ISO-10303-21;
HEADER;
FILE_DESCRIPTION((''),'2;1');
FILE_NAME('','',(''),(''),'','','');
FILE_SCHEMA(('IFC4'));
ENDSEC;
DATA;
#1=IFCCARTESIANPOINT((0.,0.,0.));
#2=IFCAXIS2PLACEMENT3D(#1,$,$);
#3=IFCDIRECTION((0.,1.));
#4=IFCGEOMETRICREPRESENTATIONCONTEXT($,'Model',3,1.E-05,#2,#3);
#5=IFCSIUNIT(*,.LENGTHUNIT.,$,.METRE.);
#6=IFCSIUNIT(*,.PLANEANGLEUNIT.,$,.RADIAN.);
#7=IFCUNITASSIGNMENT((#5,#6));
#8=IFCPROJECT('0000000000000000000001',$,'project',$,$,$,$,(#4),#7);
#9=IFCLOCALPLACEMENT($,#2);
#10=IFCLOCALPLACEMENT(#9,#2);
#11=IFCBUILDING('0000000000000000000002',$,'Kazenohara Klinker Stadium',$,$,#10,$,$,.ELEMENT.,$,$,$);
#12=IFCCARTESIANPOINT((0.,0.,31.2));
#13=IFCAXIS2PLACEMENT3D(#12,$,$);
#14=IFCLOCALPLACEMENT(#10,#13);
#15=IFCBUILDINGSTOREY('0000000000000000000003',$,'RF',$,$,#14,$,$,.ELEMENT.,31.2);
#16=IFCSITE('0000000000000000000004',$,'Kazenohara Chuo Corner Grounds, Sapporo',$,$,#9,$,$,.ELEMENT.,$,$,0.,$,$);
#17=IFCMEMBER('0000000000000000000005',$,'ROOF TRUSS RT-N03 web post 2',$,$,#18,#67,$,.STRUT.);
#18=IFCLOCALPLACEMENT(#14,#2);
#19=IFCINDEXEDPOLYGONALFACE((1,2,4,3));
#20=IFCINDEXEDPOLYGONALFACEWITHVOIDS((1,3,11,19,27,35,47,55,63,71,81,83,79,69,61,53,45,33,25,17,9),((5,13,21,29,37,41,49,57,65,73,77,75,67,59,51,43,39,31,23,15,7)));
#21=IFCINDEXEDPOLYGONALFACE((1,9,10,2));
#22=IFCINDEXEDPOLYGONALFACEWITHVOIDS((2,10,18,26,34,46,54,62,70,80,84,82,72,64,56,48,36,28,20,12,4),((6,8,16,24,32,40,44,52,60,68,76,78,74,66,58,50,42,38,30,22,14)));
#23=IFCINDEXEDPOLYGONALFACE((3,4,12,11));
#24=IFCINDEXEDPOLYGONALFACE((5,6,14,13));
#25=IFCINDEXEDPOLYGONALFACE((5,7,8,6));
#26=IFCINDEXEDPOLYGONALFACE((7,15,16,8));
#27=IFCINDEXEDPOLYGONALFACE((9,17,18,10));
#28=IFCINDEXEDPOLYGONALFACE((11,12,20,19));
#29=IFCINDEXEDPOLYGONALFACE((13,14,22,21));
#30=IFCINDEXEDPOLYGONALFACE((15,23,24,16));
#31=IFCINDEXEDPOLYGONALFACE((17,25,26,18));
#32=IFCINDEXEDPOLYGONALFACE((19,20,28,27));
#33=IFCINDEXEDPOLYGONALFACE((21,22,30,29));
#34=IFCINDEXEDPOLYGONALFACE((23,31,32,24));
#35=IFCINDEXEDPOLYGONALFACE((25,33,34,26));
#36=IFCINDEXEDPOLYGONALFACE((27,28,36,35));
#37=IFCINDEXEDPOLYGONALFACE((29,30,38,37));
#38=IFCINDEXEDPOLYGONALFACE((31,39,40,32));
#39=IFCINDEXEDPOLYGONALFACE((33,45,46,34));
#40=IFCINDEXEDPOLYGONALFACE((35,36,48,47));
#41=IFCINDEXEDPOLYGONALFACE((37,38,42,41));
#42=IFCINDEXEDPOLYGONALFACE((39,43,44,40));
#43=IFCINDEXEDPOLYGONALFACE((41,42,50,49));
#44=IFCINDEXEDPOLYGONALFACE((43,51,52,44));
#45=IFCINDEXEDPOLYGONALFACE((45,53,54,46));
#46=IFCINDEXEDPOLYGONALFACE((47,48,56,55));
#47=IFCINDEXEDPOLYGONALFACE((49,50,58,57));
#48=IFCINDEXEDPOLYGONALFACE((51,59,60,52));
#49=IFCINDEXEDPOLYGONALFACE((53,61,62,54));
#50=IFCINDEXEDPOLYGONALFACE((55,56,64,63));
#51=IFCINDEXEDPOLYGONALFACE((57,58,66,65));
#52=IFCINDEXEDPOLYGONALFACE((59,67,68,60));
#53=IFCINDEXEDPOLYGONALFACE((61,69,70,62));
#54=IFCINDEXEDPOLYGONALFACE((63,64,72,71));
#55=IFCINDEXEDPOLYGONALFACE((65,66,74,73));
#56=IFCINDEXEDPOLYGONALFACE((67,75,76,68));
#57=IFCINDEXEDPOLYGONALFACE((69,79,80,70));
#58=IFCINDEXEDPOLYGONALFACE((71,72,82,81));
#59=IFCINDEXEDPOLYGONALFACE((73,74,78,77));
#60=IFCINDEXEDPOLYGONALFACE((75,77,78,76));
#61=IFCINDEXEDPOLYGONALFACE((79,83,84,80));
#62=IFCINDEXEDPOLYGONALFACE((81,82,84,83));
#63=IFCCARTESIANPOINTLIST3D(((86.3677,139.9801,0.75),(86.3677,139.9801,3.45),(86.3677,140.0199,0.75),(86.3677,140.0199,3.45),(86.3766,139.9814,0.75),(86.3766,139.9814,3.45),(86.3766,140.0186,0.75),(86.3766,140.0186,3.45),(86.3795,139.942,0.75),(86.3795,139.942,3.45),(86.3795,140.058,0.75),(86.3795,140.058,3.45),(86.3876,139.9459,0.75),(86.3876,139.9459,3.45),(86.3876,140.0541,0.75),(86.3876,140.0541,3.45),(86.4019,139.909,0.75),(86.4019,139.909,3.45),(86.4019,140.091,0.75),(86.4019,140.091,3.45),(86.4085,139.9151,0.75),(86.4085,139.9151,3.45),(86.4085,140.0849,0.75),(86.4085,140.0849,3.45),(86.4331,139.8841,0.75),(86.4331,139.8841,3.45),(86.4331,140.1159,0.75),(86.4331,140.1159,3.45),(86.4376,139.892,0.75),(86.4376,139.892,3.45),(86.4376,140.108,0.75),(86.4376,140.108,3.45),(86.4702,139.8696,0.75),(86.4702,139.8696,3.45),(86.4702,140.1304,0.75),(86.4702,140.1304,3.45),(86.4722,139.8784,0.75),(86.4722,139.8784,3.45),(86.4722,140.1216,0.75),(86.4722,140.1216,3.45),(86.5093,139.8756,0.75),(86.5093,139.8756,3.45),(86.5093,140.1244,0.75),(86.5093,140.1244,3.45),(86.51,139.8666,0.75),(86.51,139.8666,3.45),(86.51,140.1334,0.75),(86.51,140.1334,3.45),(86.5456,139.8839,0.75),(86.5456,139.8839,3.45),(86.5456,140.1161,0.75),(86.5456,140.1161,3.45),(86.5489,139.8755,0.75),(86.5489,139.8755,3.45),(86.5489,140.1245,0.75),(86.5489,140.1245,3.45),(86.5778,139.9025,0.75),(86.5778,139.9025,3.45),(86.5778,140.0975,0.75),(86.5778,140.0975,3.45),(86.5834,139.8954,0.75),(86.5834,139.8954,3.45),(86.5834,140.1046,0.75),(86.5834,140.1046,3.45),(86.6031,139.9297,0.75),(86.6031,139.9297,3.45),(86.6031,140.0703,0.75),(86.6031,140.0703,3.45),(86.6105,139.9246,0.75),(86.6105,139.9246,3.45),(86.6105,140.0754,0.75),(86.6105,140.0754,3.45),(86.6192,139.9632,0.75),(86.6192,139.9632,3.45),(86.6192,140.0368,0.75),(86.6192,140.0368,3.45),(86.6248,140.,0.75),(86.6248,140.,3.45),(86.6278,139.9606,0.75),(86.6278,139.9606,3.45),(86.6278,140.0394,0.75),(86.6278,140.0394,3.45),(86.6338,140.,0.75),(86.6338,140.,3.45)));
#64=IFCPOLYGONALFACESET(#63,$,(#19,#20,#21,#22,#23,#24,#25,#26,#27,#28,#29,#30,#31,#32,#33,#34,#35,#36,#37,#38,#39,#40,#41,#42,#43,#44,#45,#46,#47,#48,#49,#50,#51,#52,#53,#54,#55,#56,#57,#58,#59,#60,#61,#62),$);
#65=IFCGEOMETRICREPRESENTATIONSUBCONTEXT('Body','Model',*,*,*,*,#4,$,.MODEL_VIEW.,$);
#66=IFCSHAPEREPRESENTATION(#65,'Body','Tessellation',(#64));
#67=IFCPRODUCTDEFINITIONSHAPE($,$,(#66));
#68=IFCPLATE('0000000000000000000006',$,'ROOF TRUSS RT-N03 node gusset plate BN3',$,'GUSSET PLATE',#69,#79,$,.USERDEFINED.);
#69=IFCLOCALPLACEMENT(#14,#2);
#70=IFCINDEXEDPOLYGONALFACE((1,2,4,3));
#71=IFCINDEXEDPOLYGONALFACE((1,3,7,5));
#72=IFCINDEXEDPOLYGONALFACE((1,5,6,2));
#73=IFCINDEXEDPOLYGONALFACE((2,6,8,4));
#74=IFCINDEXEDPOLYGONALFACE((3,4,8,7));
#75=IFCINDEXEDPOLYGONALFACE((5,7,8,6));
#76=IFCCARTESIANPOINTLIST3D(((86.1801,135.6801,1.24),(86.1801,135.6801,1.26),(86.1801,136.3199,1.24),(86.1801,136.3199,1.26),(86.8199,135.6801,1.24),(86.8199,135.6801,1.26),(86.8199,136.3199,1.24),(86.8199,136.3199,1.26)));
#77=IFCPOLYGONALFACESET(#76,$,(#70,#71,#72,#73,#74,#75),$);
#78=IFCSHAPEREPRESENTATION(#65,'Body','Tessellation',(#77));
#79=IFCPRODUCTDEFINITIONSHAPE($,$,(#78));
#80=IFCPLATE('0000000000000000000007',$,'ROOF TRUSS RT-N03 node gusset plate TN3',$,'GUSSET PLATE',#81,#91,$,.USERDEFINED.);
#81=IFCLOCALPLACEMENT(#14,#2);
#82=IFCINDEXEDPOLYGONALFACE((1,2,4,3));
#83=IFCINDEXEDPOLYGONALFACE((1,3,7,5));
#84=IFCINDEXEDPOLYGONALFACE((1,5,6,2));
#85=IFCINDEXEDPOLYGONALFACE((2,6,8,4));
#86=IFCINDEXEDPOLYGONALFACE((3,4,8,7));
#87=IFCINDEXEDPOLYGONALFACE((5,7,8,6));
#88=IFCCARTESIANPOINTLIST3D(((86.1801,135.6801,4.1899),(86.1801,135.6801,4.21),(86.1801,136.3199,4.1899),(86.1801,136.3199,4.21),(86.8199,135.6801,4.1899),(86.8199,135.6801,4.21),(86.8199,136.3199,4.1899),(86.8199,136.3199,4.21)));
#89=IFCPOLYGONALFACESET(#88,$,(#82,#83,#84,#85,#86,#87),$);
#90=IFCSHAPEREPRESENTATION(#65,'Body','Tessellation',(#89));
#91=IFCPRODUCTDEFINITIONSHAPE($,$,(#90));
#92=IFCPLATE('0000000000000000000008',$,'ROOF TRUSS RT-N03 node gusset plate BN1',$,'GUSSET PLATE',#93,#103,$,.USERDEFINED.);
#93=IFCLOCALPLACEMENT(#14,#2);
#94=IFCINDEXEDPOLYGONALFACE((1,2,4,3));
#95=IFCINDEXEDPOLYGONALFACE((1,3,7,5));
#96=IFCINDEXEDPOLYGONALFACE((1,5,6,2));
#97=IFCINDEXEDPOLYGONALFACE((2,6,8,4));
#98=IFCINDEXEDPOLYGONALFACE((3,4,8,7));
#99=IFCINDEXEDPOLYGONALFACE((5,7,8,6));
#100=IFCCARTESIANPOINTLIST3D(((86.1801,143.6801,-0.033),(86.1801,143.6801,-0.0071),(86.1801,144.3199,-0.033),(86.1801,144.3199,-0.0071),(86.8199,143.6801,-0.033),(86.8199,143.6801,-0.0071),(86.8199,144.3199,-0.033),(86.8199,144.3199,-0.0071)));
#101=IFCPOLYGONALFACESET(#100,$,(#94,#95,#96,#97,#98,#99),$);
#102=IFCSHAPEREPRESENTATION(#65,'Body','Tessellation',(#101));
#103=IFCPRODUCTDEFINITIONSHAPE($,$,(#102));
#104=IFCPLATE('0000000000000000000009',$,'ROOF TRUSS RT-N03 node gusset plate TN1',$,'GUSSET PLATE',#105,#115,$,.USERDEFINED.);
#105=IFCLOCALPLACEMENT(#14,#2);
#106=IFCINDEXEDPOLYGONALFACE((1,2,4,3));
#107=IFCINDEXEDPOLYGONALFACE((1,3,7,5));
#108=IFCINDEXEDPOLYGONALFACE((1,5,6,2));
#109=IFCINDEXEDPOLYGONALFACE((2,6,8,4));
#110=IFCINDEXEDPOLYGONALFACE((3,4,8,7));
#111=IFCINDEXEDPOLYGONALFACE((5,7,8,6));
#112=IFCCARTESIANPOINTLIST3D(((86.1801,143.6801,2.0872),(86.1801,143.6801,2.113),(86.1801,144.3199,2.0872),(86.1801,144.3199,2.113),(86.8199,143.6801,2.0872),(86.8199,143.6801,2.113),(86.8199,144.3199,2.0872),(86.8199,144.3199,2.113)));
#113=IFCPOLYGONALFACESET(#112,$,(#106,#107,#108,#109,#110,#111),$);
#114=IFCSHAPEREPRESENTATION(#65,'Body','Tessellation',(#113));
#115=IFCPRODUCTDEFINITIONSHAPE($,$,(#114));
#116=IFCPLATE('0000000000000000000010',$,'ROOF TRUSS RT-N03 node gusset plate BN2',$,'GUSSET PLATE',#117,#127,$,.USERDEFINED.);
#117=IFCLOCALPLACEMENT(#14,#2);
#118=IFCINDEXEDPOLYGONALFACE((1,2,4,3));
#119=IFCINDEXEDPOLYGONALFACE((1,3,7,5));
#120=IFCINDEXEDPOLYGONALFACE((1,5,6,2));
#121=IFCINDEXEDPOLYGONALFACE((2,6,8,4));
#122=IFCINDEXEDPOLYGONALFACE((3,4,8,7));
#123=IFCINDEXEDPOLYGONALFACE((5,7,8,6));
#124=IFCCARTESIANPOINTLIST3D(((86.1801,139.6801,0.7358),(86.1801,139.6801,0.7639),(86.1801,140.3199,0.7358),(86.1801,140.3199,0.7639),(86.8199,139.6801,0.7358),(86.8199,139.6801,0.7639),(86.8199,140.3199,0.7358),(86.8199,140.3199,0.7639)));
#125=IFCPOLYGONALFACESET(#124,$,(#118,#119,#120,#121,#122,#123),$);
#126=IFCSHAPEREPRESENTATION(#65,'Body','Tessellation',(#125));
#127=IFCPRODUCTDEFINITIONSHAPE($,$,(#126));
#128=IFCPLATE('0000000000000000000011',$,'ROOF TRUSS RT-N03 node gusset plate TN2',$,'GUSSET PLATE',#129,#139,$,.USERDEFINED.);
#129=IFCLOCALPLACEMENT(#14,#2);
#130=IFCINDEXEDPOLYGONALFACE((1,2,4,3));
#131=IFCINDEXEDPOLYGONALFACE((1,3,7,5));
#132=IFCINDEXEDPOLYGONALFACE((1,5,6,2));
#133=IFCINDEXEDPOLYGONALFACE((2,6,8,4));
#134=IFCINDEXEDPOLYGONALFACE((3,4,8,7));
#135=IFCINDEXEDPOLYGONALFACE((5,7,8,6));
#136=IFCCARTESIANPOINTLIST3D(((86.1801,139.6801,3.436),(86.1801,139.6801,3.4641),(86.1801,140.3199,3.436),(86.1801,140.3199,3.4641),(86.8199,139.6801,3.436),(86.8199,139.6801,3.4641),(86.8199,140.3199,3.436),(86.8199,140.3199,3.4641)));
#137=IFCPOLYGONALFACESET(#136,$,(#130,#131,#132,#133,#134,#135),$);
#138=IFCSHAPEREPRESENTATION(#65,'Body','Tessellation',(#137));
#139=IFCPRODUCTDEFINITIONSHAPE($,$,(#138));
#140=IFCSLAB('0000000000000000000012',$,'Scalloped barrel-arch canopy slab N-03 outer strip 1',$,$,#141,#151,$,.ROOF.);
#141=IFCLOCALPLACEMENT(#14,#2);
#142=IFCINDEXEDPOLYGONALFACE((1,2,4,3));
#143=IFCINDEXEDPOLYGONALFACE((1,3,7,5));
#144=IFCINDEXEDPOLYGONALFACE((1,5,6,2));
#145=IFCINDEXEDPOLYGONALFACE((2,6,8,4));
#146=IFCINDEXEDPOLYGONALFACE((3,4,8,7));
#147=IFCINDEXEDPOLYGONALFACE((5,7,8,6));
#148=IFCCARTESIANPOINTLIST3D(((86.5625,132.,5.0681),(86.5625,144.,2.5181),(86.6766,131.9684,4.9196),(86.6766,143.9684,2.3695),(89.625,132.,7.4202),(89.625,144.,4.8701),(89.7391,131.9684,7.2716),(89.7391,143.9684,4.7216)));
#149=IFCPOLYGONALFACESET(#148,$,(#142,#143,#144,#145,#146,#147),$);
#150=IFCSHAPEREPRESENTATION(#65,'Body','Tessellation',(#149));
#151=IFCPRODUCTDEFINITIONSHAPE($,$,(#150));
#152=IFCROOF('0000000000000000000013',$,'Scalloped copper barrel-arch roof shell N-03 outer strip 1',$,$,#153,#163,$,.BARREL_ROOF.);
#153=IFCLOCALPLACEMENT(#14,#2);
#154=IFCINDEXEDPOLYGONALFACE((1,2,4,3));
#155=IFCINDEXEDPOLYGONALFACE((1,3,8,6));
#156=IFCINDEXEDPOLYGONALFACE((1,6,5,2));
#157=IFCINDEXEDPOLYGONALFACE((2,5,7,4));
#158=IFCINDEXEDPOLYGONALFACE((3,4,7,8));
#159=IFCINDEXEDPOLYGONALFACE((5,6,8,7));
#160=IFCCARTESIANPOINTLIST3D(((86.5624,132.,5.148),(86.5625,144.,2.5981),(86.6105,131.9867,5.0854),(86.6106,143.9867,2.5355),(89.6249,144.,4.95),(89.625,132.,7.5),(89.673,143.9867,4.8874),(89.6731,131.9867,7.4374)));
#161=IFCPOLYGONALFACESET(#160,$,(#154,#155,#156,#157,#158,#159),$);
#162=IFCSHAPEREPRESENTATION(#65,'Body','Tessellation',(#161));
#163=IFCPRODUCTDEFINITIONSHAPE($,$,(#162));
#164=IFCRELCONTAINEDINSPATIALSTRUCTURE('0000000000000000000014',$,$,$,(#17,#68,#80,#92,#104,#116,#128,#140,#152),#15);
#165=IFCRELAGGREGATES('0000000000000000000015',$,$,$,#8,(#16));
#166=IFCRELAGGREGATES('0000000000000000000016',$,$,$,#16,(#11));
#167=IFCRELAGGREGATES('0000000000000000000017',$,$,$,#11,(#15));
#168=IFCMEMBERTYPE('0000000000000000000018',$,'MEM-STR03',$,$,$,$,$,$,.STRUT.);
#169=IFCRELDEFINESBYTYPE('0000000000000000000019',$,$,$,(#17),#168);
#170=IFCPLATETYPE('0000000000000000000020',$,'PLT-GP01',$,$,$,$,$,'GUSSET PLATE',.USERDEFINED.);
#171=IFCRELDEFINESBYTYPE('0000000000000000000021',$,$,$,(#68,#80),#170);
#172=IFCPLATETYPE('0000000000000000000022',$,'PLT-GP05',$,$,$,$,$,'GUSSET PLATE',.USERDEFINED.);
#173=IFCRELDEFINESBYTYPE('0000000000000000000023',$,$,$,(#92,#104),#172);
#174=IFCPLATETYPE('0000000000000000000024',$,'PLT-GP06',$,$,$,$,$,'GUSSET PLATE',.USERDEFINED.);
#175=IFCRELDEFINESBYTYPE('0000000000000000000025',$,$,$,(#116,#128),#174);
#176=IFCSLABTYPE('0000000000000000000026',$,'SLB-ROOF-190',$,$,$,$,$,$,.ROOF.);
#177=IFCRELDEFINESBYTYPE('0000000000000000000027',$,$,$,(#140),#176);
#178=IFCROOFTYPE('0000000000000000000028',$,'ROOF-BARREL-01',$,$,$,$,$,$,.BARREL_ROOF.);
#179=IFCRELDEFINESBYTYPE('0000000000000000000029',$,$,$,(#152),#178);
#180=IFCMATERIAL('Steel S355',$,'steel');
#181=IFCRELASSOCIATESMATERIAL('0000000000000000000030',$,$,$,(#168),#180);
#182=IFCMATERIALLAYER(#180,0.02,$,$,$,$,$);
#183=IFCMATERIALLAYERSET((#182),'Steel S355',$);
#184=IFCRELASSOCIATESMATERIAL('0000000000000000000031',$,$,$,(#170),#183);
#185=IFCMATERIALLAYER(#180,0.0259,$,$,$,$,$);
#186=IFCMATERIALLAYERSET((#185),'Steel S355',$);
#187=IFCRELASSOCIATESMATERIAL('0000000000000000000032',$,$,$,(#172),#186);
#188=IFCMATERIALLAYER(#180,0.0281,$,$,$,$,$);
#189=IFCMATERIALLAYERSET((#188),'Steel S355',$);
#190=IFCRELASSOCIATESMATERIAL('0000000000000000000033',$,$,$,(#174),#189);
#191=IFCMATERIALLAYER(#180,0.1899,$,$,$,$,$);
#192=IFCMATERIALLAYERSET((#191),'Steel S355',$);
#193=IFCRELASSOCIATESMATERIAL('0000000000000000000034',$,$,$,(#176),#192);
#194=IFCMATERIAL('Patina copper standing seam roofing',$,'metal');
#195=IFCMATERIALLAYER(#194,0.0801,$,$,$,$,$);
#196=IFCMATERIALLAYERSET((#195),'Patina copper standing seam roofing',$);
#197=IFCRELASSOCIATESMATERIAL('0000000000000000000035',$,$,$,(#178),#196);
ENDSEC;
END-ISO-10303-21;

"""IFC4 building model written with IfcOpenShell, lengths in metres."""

from ifc_helpers import new_model, si_unit, direction, frame, origin, origin_2d, place, context, subcontext, project, spatial, polyline, rectangle, hollow_circle, outline, extrude, material, layer, layer_set, material_profile, profile_set, type_object, element, save


model = new_model("IFC4")

# Units and contexts
model_context = context("Model", 3, precision=1e-05, world=origin(), true_north=direction((0.0, 1.0)))
body_context = subcontext(model_context, "Body", "Model", "MODEL_VIEW")
ifc_project = project(units=[si_unit("LENGTHUNIT", "METRE"), si_unit("PLANEANGLEUNIT", "RADIAN")], contexts=[model_context])

# Site, building, storey
site_placement = place(None, origin())
site = spatial("IfcSite", under=ifc_project, at=site_placement, Name="Kazenohara Chuo Corner Grounds, Sapporo", CompositionType="ELEMENT", RefElevation=0.0)
building_placement = place(site_placement, origin())
building = spatial("IfcBuilding", under=site, at=building_placement, Name="Kazenohara Klinker Stadium", CompositionType="ELEMENT")
storey_placement = place(building_placement, frame((0.0, 0.0, 31.2)))
storey = spatial("IfcBuildingStorey", under=building, at=storey_placement, Name="RF", CompositionType="ELEMENT", Elevation=31.2)

# Member
ifc_material_1 = material(Name="Steel S355", Category="steel")
ifc_material_profile_1 = material_profile(ifc_material_1, hollow_circle(Radius=0.1338, WallThickness=0.009, at=origin_2d()), Name="CHS-267.4x9")
ifc_profile_set_1 = profile_set([ifc_material_profile_1], Name="Steel S355")
member_type_1 = type_object("IfcMemberType", Name="MEM-STR03", PredefinedType="STRUT", material=ifc_profile_set_1)
member_1_placement = place(storey_placement, frame((86.5, 140.0, 0.75), z_axis=(0.0, 0.0, 1.0), x_axis=(1.0, 0.0, 0.0)))
element("IfcMember", 1, at=member_1_placement, inside=storey, type_object=member_type_1, Name="ROOF TRUSS RT-N03 web post 2", PredefinedType="STRUT", context=body_context, shape_type="SweptSolid", body=[
    extrude(hollow_circle(Radius=0.1338, WallThickness=0.009, at=origin_2d()), origin(), (0.0, 0.0, 1.0), 2.7),
])

# Plates
ifc_layer_1 = layer(ifc_material_1, 0.02)
ifc_layer_set_1 = layer_set([ifc_layer_1], Name="Steel S355")
plate_type_1 = type_object("IfcPlateType", Name="PLT-GP01", ElementType="GUSSET PLATE", PredefinedType="USERDEFINED", material=ifc_layer_set_1)
for number, where, z_axis, x_axis, name in (
    (2, (86.5, 136.0, 1.24), (0.0, 0.0, 1.0), (1.0, 0.0, 0.0), "ROOF TRUSS RT-N03 node gusset plate BN3"),
    (3, (86.5, 136.0, 4.1899), (0.0, 0.0, 1.0), (1.0, 0.0, 0.0), "ROOF TRUSS RT-N03 node gusset plate TN3"),
):
    element("IfcPlate", number, at=place(storey_placement, frame(where, z_axis=z_axis, x_axis=x_axis)), inside=storey, type_object=plate_type_1, Name=name, ObjectType="GUSSET PLATE", PredefinedType="USERDEFINED", context=body_context, shape_type="SweptSolid", body=[
        extrude(rectangle(XDim=0.6399, YDim=0.6399, at=origin_2d()), origin(), (0.0, 0.0, 1.0), 0.02),
    ])
ifc_layer_2 = layer(ifc_material_1, 0.0259)
ifc_layer_set_2 = layer_set([ifc_layer_2], Name="Steel S355")
plate_type_2 = type_object("IfcPlateType", Name="PLT-GP05", ElementType="GUSSET PLATE", PredefinedType="USERDEFINED", material=ifc_layer_set_2)
for number, where, z_axis, x_axis, name in (
    (4, (86.5, 144.0, -0.033), (0.0, 0.0, 1.0), (1.0, 0.0, 0.0), "ROOF TRUSS RT-N03 node gusset plate BN1"),
    (5, (86.5, 144.0, 2.0872), (0.0, 0.0, 1.0), (1.0, 0.0, 0.0), "ROOF TRUSS RT-N03 node gusset plate TN1"),
):
    element("IfcPlate", number, at=place(storey_placement, frame(where, z_axis=z_axis, x_axis=x_axis)), inside=storey, type_object=plate_type_2, Name=name, ObjectType="GUSSET PLATE", PredefinedType="USERDEFINED", context=body_context, shape_type="SweptSolid", body=[
        extrude(rectangle(XDim=0.6399, YDim=0.6399, at=origin_2d()), origin(), (0.0, 0.0, 1.0), 0.0259),
    ])
ifc_layer_3 = layer(ifc_material_1, 0.0281)
ifc_layer_set_3 = layer_set([ifc_layer_3], Name="Steel S355")
plate_type_3 = type_object("IfcPlateType", Name="PLT-GP06", ElementType="GUSSET PLATE", PredefinedType="USERDEFINED", material=ifc_layer_set_3)
for number, where, z_axis, x_axis, name in (
    (6, (86.5, 140.0, 0.7358), (0.0, 0.0, 1.0), (1.0, 0.0, 0.0), "ROOF TRUSS RT-N03 node gusset plate BN2"),
    (7, (86.5, 140.0, 3.436), (0.0, 0.0, 1.0), (1.0, 0.0, 0.0), "ROOF TRUSS RT-N03 node gusset plate TN2"),
):
    element("IfcPlate", number, at=place(storey_placement, frame(where, z_axis=z_axis, x_axis=x_axis)), inside=storey, type_object=plate_type_3, Name=name, ObjectType="GUSSET PLATE", PredefinedType="USERDEFINED", context=body_context, shape_type="SweptSolid", body=[
        extrude(rectangle(XDim=0.6399, YDim=0.6399, at=origin_2d()), origin(), (0.0, 0.0, 1.0), 0.0281),
    ])

# Slab
ifc_layer_4 = layer(ifc_material_1, 0.1899)
ifc_layer_set_4 = layer_set([ifc_layer_4], Name="Steel S355")
slab_type = type_object("IfcSlabType", Name="SLB-ROOF-190", PredefinedType="ROOF", material=ifc_layer_set_4)
slab_placement = place(storey_placement, frame((86.5625, 144.0, 2.5181), z_axis=(-0.600635, 0.166191, 0.78206), x_axis=(0.0, -0.978158, 0.207863)))
element("IfcSlab", 8, at=slab_placement, inside=storey, type_object=slab_type, Name="Scalloped barrel-arch canopy slab N-03 outer strip 1", PredefinedType="ROOF", context=body_context, shape_type="SweptSolid", body=[
    extrude(outline(polyline([(0.0, 0.0), (12.268, 0.0), (12.7569, 3.8304), (0.4889, 3.8304), (0.0, 0.0)])), origin(), (0.0, 0.0, -1.0), 0.1899),
])

# Roof
ifc_material_2 = material(Name="Patina copper standing seam roofing", Category="metal")
ifc_layer_5 = layer(ifc_material_2, 0.0801)
ifc_layer_set_5 = layer_set([ifc_layer_5], Name="Patina copper standing seam roofing")
roof_type = type_object("IfcRoofType", Name="ROOF-BARREL-01", PredefinedType="BARREL_ROOF", material=ifc_layer_set_5)
roof_placement = place(storey_placement, frame((86.5625, 144.0, 2.5981), z_axis=(-0.600616, 0.166186, 0.782076), x_axis=(-0.000005, -0.978161, 0.20785)))
element("IfcRoof", 9, at=roof_placement, inside=storey, type_object=roof_type, Name="Scalloped copper barrel-arch roof shell N-03 outer strip 1", PredefinedType="BARREL_ROOF", context=body_context, shape_type="SweptSolid", body=[
    extrude(outline(polyline([(0.0, 0.0), (12.2679, 0.0), (12.7568, 3.8304), (0.4888, 3.8303), (0.0, 0.0)])), origin(), (0.0, 0.0, -1.0), 0.0801),
])

save(model, "model.ifc")
